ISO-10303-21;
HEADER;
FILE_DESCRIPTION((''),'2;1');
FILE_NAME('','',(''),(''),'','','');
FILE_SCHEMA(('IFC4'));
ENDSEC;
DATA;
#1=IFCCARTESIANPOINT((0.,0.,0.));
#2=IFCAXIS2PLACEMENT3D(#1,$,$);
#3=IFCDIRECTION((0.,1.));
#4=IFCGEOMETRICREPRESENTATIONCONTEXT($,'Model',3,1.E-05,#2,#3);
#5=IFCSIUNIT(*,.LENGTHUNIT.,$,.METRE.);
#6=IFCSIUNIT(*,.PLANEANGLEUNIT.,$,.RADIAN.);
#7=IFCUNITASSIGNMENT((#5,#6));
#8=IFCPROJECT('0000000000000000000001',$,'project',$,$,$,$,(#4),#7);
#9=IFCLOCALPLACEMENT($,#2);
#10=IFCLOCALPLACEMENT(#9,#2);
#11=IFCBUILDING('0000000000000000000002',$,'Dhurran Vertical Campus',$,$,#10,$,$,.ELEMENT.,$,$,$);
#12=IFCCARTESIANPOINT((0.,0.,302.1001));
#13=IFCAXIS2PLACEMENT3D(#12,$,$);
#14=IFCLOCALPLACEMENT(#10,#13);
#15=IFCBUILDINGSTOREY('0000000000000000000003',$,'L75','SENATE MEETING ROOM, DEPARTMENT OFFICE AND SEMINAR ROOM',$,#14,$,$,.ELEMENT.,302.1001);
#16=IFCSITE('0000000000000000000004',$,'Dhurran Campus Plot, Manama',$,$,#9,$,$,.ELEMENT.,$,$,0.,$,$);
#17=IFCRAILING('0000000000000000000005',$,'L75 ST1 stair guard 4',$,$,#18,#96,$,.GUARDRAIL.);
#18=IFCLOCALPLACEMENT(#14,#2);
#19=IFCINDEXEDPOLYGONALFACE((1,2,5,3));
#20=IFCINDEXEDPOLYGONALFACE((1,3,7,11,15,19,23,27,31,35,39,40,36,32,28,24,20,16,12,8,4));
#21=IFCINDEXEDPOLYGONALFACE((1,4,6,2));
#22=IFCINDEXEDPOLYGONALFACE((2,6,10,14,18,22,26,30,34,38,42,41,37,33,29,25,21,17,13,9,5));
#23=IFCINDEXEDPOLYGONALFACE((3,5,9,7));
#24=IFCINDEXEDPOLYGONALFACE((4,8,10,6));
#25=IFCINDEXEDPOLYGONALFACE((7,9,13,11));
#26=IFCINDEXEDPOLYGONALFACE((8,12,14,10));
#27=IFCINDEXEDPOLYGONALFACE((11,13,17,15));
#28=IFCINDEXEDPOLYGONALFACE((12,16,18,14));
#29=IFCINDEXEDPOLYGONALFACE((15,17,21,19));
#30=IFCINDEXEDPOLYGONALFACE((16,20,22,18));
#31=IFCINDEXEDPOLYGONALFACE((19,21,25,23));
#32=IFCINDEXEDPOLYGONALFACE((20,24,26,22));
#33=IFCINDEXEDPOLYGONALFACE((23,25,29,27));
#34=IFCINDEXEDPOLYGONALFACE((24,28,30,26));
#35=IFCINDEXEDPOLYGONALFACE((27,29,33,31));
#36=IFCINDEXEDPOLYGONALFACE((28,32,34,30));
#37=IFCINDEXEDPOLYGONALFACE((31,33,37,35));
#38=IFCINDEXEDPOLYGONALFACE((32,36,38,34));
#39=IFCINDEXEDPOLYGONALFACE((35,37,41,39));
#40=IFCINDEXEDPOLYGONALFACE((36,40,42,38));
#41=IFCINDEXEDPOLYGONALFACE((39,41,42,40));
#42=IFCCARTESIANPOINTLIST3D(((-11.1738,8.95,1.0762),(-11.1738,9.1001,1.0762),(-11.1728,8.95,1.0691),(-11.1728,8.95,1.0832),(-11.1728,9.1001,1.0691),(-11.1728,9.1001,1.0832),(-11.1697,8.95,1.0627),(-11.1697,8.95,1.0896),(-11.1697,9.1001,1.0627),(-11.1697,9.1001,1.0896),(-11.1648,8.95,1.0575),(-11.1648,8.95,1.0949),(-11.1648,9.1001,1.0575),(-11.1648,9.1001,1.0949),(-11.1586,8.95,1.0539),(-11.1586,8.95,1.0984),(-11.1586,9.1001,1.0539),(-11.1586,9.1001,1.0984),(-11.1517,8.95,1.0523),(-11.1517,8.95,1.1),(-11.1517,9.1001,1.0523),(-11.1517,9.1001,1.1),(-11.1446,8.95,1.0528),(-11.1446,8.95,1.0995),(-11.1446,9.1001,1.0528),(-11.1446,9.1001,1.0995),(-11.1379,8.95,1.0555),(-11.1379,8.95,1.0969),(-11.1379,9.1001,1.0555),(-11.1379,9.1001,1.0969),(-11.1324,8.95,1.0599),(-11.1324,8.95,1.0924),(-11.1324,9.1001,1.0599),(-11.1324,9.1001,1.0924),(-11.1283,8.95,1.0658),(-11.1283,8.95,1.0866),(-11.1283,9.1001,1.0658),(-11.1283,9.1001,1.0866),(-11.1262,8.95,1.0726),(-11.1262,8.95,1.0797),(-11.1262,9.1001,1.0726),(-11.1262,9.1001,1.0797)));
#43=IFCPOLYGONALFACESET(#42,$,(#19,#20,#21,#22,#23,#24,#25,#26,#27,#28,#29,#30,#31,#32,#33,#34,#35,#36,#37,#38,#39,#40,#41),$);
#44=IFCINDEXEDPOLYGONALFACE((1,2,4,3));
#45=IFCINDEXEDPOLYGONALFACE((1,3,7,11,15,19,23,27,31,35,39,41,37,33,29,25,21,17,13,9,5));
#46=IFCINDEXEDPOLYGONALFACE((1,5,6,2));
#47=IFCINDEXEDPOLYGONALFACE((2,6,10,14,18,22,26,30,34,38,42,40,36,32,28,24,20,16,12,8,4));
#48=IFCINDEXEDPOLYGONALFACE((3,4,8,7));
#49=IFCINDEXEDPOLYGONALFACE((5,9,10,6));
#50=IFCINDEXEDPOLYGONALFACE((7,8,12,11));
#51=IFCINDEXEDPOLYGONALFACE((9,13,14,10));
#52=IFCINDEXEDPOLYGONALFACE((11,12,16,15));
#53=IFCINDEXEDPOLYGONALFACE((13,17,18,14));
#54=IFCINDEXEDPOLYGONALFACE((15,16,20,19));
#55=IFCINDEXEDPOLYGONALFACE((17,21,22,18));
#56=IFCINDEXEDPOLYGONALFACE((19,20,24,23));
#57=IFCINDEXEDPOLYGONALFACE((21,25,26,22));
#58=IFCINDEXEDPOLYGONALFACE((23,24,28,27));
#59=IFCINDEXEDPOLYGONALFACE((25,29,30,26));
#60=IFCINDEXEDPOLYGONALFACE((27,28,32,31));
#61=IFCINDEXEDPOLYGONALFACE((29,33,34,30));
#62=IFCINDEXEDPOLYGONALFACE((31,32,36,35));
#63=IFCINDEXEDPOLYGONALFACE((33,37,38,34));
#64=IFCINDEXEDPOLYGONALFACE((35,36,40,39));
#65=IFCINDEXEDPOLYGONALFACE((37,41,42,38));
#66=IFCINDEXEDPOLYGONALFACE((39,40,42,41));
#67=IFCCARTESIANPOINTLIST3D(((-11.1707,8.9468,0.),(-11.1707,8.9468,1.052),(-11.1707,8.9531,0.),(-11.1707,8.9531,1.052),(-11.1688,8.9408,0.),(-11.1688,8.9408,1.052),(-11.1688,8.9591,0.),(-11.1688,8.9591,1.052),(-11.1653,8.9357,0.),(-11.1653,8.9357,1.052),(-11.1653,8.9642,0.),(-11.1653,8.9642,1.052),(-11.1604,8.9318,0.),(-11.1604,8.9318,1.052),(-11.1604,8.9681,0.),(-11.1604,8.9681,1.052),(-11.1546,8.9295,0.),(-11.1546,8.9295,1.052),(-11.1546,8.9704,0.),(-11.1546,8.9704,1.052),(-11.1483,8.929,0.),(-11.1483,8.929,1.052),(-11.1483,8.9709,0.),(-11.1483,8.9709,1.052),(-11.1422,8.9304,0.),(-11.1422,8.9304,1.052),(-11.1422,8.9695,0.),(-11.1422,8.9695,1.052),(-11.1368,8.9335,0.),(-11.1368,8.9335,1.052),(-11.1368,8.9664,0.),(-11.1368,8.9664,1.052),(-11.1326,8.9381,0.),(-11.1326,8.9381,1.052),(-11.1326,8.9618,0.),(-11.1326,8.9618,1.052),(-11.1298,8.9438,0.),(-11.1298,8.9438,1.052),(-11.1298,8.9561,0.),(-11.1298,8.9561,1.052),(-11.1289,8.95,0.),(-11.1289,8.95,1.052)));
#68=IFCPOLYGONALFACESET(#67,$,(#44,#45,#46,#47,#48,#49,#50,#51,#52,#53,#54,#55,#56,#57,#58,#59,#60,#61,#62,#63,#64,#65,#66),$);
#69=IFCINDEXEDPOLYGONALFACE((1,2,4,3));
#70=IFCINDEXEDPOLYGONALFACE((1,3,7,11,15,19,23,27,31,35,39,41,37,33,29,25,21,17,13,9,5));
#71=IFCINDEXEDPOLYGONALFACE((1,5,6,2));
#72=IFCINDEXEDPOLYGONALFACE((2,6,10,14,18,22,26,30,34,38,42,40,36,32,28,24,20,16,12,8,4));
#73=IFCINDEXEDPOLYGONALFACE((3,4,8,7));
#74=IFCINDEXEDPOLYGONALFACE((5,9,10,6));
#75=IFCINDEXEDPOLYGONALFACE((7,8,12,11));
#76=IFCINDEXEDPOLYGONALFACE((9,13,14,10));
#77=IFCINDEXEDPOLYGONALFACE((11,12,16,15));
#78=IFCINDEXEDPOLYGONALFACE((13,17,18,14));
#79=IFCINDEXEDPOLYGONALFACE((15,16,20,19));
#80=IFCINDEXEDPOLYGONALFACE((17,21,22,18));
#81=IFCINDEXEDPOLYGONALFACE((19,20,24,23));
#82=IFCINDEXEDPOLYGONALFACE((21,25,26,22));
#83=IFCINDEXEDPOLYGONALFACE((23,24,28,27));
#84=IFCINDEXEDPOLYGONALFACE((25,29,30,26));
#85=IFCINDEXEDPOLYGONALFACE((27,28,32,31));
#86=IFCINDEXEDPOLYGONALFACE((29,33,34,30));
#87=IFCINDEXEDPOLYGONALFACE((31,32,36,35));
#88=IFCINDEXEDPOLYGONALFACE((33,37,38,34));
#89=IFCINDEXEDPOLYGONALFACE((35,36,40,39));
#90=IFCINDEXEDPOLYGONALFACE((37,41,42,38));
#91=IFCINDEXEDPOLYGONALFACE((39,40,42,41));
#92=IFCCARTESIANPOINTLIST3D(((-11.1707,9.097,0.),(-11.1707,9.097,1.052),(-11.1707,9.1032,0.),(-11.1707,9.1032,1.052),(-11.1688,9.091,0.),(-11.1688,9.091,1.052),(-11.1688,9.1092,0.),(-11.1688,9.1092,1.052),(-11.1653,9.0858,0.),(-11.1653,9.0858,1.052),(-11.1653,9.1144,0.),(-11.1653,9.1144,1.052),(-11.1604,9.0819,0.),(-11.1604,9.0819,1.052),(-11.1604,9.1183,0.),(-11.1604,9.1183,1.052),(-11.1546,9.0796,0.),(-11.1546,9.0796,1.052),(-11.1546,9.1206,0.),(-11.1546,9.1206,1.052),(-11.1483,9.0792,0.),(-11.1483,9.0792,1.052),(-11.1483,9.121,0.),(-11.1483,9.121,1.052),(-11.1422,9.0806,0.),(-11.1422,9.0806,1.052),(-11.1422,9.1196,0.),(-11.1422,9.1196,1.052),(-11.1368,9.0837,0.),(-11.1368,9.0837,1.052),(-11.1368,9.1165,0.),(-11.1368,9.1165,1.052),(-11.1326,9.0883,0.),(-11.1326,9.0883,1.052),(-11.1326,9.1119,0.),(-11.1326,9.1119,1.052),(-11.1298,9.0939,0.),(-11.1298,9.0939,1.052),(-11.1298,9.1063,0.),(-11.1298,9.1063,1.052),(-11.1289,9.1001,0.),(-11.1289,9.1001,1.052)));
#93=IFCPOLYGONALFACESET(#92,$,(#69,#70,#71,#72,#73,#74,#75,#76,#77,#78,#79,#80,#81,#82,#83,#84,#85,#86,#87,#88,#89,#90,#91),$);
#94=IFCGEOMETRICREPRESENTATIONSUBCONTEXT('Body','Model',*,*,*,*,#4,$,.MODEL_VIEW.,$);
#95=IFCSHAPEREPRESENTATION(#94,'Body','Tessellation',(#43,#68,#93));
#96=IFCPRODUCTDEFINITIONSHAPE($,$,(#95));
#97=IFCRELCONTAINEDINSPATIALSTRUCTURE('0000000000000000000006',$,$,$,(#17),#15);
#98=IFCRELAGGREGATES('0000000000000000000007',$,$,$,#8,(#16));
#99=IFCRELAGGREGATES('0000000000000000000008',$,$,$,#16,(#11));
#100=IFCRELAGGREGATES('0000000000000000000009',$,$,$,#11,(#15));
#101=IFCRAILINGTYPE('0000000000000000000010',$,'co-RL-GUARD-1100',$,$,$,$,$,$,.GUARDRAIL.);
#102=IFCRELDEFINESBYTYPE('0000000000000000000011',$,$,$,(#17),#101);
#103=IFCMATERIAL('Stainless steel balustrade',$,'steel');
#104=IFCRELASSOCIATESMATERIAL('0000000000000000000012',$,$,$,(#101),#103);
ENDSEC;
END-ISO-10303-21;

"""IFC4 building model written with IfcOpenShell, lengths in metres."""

from ifc_helpers import new_model, si_unit, direction, frame, origin, origin_2d, place, context, subcontext, project, spatial, circle, extrude, material, type_object, element, save


model = new_model("IFC4")

# Units and contexts
model_context = context("Model", 3, precision=1e-05, world=origin(), true_north=direction((0.0, 1.0)))
body_context = subcontext(model_context, "Body", "Model", "MODEL_VIEW")
ifc_project = project(units=[si_unit("LENGTHUNIT", "METRE"), si_unit("PLANEANGLEUNIT", "RADIAN")], contexts=[model_context])

# Site, building, storey
site_placement = place(None, origin())
site = spatial("IfcSite", under=ifc_project, at=site_placement, Name="Dhurran Campus Plot, Manama", CompositionType="ELEMENT", RefElevation=0.0)
building_placement = place(site_placement, origin())
building = spatial("IfcBuilding", under=site, at=building_placement, Name="Dhurran Vertical Campus", CompositionType="ELEMENT")
storey_placement = place(building_placement, frame((0.0, 0.0, 302.1001)))
storey = spatial("IfcBuildingStorey", under=building, at=storey_placement, Name="L75", Description="SENATE MEETING ROOM, DEPARTMENT OFFICE AND SEMINAR ROOM", CompositionType="ELEMENT", Elevation=302.1001)

# Railing
ifc_material_1 = material(Name="Stainless steel balustrade", Category="steel")
railing_type_1 = type_object("IfcRailingType", Name="co-RL-GUARD-1100", PredefinedType="GUARDRAIL", material=ifc_material_1)
railing_1_placement = place(storey_placement, frame((-11.1499, 8.95, 0.0)))
element("IfcRailing", 1, at=railing_1_placement, inside=storey, type_object=railing_type_1, Name="L75 ST1 stair guard 4", PredefinedType="GUARDRAIL", context=body_context, shape_type="SweptSolid", body=[
    extrude(circle(Radius=0.0239, at=origin_2d()), frame((0.0, 0.0, 1.0762), z_axis=(0.0, 1.0, 0.0), x_axis=(-1.0, 0.0, 0.0)), (0.0, 0.0, 1.0), 0.1501),
    extrude(circle(Radius=0.021, at=origin_2d()), origin(), (0.0, 0.0, 1.0), 1.052),
    extrude(circle(Radius=0.021, at=origin_2d()), frame((0.0, 0.1501, 0.0)), (0.0, 0.0, 1.0), 1.052),
])

save(model, "model.ifc")
